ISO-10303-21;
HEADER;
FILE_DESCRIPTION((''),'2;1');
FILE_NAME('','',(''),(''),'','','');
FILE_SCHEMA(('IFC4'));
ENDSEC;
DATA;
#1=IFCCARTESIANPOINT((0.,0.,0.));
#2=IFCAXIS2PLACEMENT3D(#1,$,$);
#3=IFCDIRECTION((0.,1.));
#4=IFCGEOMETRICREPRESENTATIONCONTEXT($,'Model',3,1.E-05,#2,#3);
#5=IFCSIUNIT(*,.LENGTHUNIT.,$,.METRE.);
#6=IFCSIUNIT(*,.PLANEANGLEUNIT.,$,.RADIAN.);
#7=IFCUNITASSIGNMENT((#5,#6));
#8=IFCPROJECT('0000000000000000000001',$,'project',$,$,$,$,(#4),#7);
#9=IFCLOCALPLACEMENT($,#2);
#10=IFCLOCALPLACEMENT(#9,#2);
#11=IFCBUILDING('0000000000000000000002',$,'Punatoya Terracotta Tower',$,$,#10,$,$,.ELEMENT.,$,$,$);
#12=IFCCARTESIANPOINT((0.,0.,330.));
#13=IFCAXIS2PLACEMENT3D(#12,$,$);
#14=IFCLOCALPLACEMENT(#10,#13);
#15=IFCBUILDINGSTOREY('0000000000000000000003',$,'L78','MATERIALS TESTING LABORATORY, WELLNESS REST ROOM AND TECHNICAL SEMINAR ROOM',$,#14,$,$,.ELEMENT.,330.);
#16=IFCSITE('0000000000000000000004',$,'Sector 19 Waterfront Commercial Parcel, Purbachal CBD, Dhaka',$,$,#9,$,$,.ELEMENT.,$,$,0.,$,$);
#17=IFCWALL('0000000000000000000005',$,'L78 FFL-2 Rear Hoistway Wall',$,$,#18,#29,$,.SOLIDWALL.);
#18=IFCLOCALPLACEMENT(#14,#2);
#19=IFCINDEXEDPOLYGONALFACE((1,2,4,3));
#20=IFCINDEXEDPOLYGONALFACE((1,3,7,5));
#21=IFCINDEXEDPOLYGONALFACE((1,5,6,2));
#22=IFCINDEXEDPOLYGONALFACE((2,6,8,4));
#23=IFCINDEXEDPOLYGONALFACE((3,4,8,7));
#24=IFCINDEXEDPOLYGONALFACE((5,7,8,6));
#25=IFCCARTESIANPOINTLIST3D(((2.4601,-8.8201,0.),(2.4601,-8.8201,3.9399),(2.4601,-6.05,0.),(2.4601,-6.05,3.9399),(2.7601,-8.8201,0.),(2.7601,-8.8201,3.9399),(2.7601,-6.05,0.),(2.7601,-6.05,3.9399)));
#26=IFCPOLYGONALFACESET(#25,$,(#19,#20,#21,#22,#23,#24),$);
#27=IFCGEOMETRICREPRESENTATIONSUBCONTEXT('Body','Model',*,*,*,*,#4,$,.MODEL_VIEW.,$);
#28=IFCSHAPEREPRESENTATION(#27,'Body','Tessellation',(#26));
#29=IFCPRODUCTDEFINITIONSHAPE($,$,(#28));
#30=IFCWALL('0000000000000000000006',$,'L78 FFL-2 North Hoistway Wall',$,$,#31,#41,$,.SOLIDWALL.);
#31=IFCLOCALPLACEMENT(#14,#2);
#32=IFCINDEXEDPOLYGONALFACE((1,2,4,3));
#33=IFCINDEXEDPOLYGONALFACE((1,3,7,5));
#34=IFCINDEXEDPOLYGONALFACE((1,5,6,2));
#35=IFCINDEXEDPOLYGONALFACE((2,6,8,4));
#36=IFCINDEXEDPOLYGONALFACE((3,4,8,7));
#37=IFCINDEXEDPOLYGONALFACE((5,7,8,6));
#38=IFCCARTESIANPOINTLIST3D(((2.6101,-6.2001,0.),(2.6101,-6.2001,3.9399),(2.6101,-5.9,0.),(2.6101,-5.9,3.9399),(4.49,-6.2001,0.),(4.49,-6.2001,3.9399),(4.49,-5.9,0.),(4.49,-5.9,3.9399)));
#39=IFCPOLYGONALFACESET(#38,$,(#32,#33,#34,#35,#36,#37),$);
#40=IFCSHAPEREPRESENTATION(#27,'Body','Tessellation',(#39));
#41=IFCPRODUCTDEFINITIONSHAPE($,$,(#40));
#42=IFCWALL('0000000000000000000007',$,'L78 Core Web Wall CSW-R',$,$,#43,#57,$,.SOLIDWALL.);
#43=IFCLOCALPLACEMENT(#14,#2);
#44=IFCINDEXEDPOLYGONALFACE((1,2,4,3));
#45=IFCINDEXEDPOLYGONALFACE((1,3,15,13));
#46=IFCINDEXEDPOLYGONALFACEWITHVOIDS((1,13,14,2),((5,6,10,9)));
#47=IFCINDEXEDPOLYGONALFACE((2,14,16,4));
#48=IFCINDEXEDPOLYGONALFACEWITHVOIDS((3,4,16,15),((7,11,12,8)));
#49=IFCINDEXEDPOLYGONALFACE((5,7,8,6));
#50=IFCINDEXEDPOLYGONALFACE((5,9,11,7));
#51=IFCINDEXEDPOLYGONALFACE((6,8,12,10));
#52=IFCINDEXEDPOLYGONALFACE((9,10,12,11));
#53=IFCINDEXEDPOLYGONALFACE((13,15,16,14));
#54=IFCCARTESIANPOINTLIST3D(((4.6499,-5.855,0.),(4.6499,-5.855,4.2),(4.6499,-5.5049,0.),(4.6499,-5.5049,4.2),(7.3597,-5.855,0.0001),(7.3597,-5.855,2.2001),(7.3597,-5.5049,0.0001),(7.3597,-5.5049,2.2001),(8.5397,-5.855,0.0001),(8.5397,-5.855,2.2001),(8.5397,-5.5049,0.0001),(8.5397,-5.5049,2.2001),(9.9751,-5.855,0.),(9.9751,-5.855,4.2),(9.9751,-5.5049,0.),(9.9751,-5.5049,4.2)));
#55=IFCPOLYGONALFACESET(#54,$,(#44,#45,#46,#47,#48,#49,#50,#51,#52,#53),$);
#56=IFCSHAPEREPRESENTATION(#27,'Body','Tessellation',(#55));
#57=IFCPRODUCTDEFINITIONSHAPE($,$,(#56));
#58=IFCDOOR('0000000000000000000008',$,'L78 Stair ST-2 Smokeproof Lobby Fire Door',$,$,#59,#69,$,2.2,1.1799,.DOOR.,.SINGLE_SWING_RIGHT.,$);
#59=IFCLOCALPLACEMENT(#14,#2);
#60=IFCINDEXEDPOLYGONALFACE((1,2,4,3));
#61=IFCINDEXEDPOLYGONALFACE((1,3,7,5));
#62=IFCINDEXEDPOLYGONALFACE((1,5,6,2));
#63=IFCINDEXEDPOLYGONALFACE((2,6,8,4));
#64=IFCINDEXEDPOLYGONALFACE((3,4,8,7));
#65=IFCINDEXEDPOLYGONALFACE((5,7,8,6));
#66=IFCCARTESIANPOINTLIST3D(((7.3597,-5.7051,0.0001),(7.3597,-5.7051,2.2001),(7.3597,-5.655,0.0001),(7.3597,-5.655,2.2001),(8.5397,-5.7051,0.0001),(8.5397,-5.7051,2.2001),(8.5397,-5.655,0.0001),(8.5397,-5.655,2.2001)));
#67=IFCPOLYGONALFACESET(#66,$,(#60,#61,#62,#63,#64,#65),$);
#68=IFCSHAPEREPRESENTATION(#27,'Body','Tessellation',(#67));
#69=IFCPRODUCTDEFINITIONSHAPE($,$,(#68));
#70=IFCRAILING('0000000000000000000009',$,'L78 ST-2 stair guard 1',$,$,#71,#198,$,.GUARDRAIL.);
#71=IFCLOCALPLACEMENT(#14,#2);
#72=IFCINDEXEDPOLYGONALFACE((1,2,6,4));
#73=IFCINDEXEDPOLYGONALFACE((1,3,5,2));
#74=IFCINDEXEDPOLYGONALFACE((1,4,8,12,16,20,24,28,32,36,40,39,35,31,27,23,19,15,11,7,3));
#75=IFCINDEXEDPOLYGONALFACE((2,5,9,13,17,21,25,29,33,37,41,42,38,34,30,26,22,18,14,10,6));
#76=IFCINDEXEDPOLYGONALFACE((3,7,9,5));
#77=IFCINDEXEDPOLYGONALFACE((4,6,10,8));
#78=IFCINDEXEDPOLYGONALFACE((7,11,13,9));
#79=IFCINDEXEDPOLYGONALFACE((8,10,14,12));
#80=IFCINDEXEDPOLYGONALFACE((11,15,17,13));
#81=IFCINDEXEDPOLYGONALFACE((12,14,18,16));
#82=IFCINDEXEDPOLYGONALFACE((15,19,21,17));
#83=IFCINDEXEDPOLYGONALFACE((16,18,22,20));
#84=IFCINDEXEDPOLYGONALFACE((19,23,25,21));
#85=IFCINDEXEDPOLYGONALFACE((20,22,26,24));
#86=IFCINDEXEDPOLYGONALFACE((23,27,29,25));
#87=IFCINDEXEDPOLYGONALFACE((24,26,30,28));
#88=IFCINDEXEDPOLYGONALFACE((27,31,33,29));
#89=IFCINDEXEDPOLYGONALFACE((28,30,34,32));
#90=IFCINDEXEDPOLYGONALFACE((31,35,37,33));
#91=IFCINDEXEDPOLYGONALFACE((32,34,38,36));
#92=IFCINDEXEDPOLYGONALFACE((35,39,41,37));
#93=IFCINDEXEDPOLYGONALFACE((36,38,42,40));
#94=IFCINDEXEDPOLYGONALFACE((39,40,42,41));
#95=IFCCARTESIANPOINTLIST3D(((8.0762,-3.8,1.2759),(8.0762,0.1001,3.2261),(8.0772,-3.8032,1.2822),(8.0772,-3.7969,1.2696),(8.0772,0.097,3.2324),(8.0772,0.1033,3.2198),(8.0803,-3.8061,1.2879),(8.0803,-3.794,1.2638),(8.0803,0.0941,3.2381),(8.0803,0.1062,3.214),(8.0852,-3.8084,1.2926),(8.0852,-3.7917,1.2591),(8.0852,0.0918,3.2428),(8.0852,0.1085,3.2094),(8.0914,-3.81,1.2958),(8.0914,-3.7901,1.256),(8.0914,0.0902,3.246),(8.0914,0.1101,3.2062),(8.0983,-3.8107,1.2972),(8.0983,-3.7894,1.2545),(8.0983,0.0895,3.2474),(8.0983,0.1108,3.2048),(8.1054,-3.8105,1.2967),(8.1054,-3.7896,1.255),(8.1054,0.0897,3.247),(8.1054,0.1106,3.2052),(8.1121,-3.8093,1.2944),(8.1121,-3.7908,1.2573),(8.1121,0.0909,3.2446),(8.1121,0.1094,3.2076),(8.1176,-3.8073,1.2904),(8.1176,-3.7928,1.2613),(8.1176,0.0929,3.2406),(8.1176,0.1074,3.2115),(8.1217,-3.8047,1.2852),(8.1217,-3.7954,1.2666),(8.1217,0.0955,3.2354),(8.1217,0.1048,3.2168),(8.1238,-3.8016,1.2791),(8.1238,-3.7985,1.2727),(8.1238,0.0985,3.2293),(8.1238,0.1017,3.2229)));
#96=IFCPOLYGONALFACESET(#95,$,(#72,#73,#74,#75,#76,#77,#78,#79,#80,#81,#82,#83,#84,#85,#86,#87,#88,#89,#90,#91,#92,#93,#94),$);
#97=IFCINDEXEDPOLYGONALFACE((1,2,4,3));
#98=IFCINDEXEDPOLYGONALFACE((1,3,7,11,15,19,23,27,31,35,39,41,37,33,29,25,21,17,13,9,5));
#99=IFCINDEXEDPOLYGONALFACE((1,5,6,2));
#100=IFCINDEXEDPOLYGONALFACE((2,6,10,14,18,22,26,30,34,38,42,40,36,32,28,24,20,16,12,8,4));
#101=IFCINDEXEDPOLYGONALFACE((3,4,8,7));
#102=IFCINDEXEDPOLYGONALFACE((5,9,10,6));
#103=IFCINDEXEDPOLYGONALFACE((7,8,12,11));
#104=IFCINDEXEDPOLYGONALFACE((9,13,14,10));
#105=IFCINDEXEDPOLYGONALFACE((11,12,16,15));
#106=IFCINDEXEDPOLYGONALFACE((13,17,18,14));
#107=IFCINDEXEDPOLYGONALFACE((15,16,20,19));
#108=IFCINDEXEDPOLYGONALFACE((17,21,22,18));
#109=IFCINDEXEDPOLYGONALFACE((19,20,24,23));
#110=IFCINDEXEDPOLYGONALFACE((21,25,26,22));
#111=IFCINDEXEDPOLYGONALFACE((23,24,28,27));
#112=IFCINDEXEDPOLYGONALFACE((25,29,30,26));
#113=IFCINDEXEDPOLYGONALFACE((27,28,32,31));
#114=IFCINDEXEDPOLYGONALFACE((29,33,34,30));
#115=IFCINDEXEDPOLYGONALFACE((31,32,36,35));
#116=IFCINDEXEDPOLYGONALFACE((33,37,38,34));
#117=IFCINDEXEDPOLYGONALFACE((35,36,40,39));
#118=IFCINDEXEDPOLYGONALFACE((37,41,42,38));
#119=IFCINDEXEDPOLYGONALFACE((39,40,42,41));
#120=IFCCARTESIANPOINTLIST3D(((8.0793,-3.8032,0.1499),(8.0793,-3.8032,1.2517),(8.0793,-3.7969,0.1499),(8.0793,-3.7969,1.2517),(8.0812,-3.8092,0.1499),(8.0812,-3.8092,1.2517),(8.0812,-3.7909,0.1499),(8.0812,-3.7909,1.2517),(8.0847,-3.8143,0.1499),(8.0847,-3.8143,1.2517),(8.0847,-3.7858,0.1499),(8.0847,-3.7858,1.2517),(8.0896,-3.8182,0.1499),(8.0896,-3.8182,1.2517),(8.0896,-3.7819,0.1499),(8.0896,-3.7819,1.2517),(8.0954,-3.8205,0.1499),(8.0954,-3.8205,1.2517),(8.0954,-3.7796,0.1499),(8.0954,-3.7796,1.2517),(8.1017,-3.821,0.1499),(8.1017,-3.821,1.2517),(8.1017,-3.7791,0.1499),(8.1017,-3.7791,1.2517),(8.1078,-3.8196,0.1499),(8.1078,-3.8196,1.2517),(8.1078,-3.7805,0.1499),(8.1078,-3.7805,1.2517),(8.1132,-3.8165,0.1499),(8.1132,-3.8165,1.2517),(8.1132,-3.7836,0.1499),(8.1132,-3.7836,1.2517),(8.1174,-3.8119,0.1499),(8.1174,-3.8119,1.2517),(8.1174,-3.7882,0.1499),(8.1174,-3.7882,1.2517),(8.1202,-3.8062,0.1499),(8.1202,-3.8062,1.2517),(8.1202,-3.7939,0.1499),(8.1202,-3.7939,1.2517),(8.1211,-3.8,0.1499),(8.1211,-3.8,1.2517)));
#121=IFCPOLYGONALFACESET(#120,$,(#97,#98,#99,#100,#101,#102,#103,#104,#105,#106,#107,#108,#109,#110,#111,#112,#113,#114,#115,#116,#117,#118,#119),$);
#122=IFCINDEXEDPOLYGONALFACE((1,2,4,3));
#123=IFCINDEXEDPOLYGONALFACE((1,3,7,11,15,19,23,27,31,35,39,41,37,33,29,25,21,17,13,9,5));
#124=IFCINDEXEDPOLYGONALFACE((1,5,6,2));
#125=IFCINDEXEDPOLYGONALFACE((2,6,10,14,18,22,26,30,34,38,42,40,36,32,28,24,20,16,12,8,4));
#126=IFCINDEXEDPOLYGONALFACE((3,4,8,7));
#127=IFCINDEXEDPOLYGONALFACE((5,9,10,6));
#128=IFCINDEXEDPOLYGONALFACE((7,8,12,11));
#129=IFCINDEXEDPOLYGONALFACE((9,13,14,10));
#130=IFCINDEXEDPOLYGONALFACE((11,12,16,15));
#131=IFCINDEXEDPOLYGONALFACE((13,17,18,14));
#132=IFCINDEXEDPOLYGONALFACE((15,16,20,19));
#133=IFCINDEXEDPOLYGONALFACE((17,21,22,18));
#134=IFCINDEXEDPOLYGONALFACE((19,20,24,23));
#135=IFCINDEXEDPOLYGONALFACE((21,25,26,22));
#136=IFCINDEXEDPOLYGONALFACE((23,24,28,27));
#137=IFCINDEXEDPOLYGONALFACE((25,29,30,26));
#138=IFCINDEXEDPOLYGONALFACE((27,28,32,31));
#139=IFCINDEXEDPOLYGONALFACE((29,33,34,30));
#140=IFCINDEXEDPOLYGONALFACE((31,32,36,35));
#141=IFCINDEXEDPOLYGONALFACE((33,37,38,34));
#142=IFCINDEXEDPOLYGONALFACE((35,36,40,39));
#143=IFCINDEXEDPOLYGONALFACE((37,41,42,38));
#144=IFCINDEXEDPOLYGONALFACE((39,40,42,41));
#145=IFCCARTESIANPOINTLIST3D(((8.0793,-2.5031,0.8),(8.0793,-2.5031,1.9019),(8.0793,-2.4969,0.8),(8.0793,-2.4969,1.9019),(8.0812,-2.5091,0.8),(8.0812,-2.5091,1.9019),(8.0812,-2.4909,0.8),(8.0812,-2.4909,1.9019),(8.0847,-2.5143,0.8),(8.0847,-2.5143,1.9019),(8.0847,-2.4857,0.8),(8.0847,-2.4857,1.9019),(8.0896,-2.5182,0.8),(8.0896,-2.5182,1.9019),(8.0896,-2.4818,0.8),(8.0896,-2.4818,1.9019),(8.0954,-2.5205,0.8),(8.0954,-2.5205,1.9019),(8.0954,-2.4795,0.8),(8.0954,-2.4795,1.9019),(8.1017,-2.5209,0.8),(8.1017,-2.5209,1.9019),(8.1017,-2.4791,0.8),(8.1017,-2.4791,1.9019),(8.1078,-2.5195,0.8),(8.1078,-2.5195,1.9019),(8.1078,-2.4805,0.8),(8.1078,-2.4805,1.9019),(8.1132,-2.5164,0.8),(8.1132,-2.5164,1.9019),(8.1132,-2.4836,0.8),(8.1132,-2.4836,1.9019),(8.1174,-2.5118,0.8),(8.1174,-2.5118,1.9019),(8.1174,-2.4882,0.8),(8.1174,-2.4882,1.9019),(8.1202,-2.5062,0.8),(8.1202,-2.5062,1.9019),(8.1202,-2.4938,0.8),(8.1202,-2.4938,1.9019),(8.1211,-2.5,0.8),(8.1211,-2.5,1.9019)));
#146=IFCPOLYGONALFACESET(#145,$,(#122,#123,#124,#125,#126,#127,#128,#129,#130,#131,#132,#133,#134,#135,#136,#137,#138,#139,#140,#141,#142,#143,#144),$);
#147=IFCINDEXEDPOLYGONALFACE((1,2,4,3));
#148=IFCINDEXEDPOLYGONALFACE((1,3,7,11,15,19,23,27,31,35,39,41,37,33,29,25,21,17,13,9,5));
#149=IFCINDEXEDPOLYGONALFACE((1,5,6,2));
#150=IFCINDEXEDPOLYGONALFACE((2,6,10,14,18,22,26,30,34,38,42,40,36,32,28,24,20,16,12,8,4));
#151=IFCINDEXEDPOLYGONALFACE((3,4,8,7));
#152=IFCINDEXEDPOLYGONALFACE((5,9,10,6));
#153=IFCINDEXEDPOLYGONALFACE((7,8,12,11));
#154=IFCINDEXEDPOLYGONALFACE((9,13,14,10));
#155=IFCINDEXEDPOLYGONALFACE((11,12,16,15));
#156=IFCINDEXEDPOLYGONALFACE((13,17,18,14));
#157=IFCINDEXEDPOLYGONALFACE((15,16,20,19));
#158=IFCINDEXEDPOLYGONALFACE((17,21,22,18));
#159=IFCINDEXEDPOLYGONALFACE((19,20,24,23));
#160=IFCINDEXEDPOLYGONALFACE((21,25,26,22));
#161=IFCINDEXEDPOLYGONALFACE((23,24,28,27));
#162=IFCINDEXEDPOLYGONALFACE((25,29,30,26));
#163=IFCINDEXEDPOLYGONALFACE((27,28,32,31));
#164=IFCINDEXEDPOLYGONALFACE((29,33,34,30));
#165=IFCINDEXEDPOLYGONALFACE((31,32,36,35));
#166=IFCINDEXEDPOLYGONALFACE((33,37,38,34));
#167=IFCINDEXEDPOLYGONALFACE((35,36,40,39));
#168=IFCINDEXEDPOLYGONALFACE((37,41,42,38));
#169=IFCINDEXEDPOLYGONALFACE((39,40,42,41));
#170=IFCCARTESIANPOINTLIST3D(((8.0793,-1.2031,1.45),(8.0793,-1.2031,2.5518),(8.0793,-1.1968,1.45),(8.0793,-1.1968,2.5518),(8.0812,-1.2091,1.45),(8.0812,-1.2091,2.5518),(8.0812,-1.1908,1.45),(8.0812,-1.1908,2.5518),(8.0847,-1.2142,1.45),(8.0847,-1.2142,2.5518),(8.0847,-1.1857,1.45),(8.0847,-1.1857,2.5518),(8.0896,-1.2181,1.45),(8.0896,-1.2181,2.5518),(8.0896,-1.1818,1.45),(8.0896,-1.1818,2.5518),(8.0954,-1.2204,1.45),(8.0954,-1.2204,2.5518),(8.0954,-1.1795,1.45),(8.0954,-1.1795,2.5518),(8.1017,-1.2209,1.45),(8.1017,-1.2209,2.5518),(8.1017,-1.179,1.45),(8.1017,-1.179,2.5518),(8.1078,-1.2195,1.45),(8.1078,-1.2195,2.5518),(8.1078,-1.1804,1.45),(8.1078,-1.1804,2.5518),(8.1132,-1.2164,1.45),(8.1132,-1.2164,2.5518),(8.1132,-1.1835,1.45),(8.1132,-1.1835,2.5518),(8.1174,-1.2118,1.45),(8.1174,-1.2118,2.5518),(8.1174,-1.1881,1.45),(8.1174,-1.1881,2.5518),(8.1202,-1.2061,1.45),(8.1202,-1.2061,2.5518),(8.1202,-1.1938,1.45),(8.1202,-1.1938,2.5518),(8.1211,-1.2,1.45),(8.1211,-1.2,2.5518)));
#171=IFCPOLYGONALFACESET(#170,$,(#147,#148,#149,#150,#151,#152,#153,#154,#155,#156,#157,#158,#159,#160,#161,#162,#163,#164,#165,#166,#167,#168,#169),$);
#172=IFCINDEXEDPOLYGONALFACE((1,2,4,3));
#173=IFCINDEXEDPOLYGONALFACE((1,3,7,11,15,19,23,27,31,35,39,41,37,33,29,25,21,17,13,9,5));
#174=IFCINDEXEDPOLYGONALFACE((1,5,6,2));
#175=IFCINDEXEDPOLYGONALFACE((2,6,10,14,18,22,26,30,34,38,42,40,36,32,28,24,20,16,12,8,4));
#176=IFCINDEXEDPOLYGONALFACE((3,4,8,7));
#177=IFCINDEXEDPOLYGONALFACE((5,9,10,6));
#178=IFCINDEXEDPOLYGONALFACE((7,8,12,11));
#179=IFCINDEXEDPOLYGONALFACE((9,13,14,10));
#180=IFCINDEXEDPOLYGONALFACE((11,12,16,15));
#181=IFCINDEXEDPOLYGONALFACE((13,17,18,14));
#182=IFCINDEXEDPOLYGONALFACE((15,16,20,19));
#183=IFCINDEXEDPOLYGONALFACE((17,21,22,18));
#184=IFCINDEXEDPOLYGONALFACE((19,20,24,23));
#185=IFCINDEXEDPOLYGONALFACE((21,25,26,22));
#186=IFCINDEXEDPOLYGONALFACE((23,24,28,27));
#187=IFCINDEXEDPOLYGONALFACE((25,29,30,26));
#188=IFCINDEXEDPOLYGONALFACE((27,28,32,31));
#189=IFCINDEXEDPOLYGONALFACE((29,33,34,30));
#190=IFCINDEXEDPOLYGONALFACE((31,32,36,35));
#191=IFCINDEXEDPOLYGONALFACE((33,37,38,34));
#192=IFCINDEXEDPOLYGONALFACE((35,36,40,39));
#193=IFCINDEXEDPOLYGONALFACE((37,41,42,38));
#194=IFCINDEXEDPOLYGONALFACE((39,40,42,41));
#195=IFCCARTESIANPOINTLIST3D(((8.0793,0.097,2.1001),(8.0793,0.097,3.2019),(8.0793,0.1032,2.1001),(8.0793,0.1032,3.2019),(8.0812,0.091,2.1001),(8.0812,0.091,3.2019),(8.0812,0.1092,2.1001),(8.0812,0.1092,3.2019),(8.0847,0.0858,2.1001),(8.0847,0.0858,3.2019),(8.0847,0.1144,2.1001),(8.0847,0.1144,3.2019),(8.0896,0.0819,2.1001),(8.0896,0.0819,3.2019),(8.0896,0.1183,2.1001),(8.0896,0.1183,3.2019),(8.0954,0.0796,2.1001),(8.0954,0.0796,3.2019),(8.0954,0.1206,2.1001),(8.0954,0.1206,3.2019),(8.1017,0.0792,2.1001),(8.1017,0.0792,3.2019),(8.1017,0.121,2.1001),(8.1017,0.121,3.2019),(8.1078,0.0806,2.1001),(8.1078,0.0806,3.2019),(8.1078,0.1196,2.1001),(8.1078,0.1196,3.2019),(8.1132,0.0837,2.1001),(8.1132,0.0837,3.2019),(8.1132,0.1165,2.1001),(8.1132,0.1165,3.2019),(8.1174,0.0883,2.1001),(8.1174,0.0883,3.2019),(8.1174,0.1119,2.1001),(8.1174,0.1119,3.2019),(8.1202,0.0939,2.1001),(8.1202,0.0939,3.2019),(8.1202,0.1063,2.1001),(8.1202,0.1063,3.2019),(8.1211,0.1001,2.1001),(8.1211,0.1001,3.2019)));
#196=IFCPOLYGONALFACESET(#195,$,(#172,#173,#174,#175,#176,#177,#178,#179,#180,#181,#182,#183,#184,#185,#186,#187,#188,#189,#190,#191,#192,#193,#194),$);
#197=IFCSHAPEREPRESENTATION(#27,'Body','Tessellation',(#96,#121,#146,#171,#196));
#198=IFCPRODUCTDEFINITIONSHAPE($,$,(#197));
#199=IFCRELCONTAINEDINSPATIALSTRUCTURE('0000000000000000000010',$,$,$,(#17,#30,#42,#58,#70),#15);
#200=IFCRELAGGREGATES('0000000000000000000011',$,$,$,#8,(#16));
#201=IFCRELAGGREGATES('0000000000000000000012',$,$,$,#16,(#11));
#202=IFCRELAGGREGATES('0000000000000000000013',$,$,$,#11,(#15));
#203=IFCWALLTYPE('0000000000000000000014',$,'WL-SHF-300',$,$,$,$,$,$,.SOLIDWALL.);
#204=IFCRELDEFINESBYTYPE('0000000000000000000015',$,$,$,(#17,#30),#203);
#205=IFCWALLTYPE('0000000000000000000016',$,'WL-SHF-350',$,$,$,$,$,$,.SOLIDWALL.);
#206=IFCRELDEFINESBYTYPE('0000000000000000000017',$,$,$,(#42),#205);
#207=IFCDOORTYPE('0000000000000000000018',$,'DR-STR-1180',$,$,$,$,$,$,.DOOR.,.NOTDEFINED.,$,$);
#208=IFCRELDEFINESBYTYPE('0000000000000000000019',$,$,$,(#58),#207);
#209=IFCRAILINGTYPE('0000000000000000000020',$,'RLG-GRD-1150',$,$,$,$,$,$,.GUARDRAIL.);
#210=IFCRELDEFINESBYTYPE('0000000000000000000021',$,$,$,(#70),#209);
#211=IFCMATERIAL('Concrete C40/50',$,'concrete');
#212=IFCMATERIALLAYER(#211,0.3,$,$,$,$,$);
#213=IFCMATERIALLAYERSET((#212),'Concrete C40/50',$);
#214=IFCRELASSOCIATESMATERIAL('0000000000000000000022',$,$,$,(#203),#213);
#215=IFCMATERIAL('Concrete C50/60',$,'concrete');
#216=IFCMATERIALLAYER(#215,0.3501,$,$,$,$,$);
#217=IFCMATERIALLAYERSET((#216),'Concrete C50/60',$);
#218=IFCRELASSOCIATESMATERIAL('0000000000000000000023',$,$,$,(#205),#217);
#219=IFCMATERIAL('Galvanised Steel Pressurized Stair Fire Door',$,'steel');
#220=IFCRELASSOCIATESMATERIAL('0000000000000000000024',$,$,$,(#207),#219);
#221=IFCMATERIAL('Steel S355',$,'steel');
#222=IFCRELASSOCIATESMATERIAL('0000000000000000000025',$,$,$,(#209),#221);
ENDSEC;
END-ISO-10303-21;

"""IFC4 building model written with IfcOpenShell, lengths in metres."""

from ifc_helpers import new_model, si_unit, direction, frame, frame_2d, origin, origin_2d, place, context, subcontext, project, spatial, rectangle, circle, extrude, material, layer, layer_set, type_object, element, fill, save


model = new_model("IFC4")

# Units and contexts
model_context = context("Model", 3, precision=1e-05, world=origin(), true_north=direction((0.0, 1.0)))
body_context = subcontext(model_context, "Body", "Model", "MODEL_VIEW")
ifc_project = project(units=[si_unit("LENGTHUNIT", "METRE"), si_unit("PLANEANGLEUNIT", "RADIAN")], contexts=[model_context])

# Site, building, storey
site_placement = place(None, origin())
site = spatial("IfcSite", under=ifc_project, at=site_placement, Name="Sector 19 Waterfront Commercial Parcel, Purbachal CBD, Dhaka", CompositionType="ELEMENT", RefElevation=0.0)
building_placement = place(site_placement, origin())
building = spatial("IfcBuilding", under=site, at=building_placement, Name="Punatoya Terracotta Tower", CompositionType="ELEMENT")
storey_placement = place(building_placement, frame((0.0, 0.0, 330.0)))
storey = spatial("IfcBuildingStorey", under=building, at=storey_placement, Name="L78", Description="MATERIALS TESTING LABORATORY, WELLNESS REST ROOM AND TECHNICAL SEMINAR ROOM", CompositionType="ELEMENT", Elevation=330.0)

# Shared definitions
ifc_material_1 = material(Name="Concrete C40/50", Category="concrete")

# Shared definitions
ifc_layer_1 = layer(ifc_material_1, 0.3)
ifc_layer_set_1 = layer_set([ifc_layer_1], Name="Concrete C40/50")
wall_type_1 = type_object("IfcWallType", Name="WL-SHF-300", PredefinedType="SOLIDWALL", material=ifc_layer_set_1)

# Walls
wall_1_placement = place(storey_placement, frame((2.6101, -8.8201, 0.0), z_axis=(0.0, 0.0, 1.0), x_axis=(0.0, 1.0, 0.0)))
element("IfcWall", 1, at=wall_1_placement, inside=storey, type_object=wall_type_1, Name="L78 FFL-2 Rear Hoistway Wall", PredefinedType="SOLIDWALL", context=body_context, shape_type="SweptSolid", body=[
    extrude(rectangle(XDim=2.77, YDim=0.3, at=frame_2d((1.385, 0.0))), origin(), (0.0, 0.0, 1.0), 3.9399),
])
wall_2_placement = place(storey_placement, frame((2.6101, -6.05, 0.0), z_axis=(0.0, 0.0, 1.0), x_axis=(1.0, 0.0, 0.0)))
element("IfcWall", 2, at=wall_2_placement, inside=storey, type_object=wall_type_1, Name="L78 FFL-2 North Hoistway Wall", PredefinedType="SOLIDWALL", context=body_context, shape_type="SweptSolid", body=[
    extrude(rectangle(XDim=1.8799, YDim=0.3, at=frame_2d((0.9399, 0.0))), origin(), (0.0, 0.0, 1.0), 3.9399),
])

# Wall, opening, door
ifc_material_2 = material(Name="Concrete C50/60", Category="concrete")
ifc_layer_2 = layer(ifc_material_2, 0.3501)
ifc_layer_set_2 = layer_set([ifc_layer_2], Name="Concrete C50/60")
wall_type_2 = type_object("IfcWallType", Name="WL-SHF-350", PredefinedType="SOLIDWALL", material=ifc_layer_set_2)
wall_3_placement = place(storey_placement, frame((4.6499, -5.6799, 0.0), z_axis=(0.0, 0.0, 1.0), x_axis=(1.0, 0.0, 0.0)))
wall_3 = element("IfcWall", 3, at=wall_3_placement, inside=storey, type_object=wall_type_2, Name="L78 Core Web Wall CSW-R", PredefinedType="SOLIDWALL", context=body_context, shape_type="SweptSolid", body=[
    extrude(rectangle(XDim=5.3252, YDim=0.3501, at=frame_2d((2.6626, 0.0))), origin(), (0.0, 0.0, 1.0), 4.2),
])
opening_1_placement = place(wall_3_placement, frame((2.71, 0.0, 0.0)))
opening_1 = element("IfcOpeningElement", 4, at=opening_1_placement, cuts=wall_3, PredefinedType="OPENING", context=body_context, shape_type="SweptSolid", body=[
    extrude(rectangle(XDim=1.1799, YDim=2.2, at=frame_2d((0.5898, 1.1001))), frame((0.0, 0.1851, 0.0), z_axis=(0.0, -1.0, 0.0), x_axis=(1.0, 0.0, 0.0)), (0.0, 0.0, 1.0), 0.3701),
])
ifc_material_3 = material(Name="Galvanised Steel Pressurized Stair Fire Door", Category="steel")
door_type_1 = type_object("IfcDoorType", Name="DR-STR-1180", OperationType="NOTDEFINED", PredefinedType="DOOR", material=ifc_material_3)
door_1_placement = place(opening_1_placement, origin())
door_1 = element("IfcDoor", 5, at=door_1_placement, inside=storey, type_object=door_type_1, Name="L78 Stair ST-2 Smokeproof Lobby Fire Door", OperationType="SINGLE_SWING_RIGHT", OverallHeight=2.2, OverallWidth=1.1799, PredefinedType="DOOR", context=body_context, shape_type="SweptSolid", body=[
    extrude(rectangle(XDim=1.1799, YDim=2.2, at=frame_2d((0.5898, 1.1001))), frame((0.0, 0.0249, 0.0), z_axis=(0.0, -1.0, 0.0), x_axis=(1.0, 0.0, 0.0)), (0.0, 0.0, 1.0), 0.05),
])
fill(opening_1, door_1)

# Railing
ifc_material_4 = material(Name="Steel S355", Category="steel")
railing_type = type_object("IfcRailingType", Name="RLG-GRD-1150", PredefinedType="GUARDRAIL", material=ifc_material_4)
railing_1_placement = place(storey_placement, frame((8.1001, -3.8, 0.1499)))
element("IfcRailing", 6, at=railing_1_placement, inside=storey, type_object=railing_type, Name="L78 ST-2 stair guard 1", PredefinedType="GUARDRAIL", context=body_context, shape_type="SweptSolid", body=[
    extrude(circle(Radius=0.0239, at=origin_2d()), frame((0.0, 0.0, 1.126), z_axis=(0.0, 0.894416, 0.447236), x_axis=(-1.0, 0.0, 0.0)), (0.0, 0.0, 1.0), 4.3606),
    extrude(circle(Radius=0.021, at=origin_2d()), origin(), (0.0, 0.0, 1.0), 1.1018),
    extrude(circle(Radius=0.021, at=origin_2d()), frame((0.0, 1.3, 0.6501)), (0.0, 0.0, 1.0), 1.1018),
    extrude(circle(Radius=0.021, at=origin_2d()), frame((0.0, 2.6001, 1.3)), (0.0, 0.0, 1.0), 1.1018),
    extrude(circle(Radius=0.021, at=origin_2d()), frame((0.0, 3.9001, 1.9502)), (0.0, 0.0, 1.0), 1.1018),
])

save(model, "model.ifc")
